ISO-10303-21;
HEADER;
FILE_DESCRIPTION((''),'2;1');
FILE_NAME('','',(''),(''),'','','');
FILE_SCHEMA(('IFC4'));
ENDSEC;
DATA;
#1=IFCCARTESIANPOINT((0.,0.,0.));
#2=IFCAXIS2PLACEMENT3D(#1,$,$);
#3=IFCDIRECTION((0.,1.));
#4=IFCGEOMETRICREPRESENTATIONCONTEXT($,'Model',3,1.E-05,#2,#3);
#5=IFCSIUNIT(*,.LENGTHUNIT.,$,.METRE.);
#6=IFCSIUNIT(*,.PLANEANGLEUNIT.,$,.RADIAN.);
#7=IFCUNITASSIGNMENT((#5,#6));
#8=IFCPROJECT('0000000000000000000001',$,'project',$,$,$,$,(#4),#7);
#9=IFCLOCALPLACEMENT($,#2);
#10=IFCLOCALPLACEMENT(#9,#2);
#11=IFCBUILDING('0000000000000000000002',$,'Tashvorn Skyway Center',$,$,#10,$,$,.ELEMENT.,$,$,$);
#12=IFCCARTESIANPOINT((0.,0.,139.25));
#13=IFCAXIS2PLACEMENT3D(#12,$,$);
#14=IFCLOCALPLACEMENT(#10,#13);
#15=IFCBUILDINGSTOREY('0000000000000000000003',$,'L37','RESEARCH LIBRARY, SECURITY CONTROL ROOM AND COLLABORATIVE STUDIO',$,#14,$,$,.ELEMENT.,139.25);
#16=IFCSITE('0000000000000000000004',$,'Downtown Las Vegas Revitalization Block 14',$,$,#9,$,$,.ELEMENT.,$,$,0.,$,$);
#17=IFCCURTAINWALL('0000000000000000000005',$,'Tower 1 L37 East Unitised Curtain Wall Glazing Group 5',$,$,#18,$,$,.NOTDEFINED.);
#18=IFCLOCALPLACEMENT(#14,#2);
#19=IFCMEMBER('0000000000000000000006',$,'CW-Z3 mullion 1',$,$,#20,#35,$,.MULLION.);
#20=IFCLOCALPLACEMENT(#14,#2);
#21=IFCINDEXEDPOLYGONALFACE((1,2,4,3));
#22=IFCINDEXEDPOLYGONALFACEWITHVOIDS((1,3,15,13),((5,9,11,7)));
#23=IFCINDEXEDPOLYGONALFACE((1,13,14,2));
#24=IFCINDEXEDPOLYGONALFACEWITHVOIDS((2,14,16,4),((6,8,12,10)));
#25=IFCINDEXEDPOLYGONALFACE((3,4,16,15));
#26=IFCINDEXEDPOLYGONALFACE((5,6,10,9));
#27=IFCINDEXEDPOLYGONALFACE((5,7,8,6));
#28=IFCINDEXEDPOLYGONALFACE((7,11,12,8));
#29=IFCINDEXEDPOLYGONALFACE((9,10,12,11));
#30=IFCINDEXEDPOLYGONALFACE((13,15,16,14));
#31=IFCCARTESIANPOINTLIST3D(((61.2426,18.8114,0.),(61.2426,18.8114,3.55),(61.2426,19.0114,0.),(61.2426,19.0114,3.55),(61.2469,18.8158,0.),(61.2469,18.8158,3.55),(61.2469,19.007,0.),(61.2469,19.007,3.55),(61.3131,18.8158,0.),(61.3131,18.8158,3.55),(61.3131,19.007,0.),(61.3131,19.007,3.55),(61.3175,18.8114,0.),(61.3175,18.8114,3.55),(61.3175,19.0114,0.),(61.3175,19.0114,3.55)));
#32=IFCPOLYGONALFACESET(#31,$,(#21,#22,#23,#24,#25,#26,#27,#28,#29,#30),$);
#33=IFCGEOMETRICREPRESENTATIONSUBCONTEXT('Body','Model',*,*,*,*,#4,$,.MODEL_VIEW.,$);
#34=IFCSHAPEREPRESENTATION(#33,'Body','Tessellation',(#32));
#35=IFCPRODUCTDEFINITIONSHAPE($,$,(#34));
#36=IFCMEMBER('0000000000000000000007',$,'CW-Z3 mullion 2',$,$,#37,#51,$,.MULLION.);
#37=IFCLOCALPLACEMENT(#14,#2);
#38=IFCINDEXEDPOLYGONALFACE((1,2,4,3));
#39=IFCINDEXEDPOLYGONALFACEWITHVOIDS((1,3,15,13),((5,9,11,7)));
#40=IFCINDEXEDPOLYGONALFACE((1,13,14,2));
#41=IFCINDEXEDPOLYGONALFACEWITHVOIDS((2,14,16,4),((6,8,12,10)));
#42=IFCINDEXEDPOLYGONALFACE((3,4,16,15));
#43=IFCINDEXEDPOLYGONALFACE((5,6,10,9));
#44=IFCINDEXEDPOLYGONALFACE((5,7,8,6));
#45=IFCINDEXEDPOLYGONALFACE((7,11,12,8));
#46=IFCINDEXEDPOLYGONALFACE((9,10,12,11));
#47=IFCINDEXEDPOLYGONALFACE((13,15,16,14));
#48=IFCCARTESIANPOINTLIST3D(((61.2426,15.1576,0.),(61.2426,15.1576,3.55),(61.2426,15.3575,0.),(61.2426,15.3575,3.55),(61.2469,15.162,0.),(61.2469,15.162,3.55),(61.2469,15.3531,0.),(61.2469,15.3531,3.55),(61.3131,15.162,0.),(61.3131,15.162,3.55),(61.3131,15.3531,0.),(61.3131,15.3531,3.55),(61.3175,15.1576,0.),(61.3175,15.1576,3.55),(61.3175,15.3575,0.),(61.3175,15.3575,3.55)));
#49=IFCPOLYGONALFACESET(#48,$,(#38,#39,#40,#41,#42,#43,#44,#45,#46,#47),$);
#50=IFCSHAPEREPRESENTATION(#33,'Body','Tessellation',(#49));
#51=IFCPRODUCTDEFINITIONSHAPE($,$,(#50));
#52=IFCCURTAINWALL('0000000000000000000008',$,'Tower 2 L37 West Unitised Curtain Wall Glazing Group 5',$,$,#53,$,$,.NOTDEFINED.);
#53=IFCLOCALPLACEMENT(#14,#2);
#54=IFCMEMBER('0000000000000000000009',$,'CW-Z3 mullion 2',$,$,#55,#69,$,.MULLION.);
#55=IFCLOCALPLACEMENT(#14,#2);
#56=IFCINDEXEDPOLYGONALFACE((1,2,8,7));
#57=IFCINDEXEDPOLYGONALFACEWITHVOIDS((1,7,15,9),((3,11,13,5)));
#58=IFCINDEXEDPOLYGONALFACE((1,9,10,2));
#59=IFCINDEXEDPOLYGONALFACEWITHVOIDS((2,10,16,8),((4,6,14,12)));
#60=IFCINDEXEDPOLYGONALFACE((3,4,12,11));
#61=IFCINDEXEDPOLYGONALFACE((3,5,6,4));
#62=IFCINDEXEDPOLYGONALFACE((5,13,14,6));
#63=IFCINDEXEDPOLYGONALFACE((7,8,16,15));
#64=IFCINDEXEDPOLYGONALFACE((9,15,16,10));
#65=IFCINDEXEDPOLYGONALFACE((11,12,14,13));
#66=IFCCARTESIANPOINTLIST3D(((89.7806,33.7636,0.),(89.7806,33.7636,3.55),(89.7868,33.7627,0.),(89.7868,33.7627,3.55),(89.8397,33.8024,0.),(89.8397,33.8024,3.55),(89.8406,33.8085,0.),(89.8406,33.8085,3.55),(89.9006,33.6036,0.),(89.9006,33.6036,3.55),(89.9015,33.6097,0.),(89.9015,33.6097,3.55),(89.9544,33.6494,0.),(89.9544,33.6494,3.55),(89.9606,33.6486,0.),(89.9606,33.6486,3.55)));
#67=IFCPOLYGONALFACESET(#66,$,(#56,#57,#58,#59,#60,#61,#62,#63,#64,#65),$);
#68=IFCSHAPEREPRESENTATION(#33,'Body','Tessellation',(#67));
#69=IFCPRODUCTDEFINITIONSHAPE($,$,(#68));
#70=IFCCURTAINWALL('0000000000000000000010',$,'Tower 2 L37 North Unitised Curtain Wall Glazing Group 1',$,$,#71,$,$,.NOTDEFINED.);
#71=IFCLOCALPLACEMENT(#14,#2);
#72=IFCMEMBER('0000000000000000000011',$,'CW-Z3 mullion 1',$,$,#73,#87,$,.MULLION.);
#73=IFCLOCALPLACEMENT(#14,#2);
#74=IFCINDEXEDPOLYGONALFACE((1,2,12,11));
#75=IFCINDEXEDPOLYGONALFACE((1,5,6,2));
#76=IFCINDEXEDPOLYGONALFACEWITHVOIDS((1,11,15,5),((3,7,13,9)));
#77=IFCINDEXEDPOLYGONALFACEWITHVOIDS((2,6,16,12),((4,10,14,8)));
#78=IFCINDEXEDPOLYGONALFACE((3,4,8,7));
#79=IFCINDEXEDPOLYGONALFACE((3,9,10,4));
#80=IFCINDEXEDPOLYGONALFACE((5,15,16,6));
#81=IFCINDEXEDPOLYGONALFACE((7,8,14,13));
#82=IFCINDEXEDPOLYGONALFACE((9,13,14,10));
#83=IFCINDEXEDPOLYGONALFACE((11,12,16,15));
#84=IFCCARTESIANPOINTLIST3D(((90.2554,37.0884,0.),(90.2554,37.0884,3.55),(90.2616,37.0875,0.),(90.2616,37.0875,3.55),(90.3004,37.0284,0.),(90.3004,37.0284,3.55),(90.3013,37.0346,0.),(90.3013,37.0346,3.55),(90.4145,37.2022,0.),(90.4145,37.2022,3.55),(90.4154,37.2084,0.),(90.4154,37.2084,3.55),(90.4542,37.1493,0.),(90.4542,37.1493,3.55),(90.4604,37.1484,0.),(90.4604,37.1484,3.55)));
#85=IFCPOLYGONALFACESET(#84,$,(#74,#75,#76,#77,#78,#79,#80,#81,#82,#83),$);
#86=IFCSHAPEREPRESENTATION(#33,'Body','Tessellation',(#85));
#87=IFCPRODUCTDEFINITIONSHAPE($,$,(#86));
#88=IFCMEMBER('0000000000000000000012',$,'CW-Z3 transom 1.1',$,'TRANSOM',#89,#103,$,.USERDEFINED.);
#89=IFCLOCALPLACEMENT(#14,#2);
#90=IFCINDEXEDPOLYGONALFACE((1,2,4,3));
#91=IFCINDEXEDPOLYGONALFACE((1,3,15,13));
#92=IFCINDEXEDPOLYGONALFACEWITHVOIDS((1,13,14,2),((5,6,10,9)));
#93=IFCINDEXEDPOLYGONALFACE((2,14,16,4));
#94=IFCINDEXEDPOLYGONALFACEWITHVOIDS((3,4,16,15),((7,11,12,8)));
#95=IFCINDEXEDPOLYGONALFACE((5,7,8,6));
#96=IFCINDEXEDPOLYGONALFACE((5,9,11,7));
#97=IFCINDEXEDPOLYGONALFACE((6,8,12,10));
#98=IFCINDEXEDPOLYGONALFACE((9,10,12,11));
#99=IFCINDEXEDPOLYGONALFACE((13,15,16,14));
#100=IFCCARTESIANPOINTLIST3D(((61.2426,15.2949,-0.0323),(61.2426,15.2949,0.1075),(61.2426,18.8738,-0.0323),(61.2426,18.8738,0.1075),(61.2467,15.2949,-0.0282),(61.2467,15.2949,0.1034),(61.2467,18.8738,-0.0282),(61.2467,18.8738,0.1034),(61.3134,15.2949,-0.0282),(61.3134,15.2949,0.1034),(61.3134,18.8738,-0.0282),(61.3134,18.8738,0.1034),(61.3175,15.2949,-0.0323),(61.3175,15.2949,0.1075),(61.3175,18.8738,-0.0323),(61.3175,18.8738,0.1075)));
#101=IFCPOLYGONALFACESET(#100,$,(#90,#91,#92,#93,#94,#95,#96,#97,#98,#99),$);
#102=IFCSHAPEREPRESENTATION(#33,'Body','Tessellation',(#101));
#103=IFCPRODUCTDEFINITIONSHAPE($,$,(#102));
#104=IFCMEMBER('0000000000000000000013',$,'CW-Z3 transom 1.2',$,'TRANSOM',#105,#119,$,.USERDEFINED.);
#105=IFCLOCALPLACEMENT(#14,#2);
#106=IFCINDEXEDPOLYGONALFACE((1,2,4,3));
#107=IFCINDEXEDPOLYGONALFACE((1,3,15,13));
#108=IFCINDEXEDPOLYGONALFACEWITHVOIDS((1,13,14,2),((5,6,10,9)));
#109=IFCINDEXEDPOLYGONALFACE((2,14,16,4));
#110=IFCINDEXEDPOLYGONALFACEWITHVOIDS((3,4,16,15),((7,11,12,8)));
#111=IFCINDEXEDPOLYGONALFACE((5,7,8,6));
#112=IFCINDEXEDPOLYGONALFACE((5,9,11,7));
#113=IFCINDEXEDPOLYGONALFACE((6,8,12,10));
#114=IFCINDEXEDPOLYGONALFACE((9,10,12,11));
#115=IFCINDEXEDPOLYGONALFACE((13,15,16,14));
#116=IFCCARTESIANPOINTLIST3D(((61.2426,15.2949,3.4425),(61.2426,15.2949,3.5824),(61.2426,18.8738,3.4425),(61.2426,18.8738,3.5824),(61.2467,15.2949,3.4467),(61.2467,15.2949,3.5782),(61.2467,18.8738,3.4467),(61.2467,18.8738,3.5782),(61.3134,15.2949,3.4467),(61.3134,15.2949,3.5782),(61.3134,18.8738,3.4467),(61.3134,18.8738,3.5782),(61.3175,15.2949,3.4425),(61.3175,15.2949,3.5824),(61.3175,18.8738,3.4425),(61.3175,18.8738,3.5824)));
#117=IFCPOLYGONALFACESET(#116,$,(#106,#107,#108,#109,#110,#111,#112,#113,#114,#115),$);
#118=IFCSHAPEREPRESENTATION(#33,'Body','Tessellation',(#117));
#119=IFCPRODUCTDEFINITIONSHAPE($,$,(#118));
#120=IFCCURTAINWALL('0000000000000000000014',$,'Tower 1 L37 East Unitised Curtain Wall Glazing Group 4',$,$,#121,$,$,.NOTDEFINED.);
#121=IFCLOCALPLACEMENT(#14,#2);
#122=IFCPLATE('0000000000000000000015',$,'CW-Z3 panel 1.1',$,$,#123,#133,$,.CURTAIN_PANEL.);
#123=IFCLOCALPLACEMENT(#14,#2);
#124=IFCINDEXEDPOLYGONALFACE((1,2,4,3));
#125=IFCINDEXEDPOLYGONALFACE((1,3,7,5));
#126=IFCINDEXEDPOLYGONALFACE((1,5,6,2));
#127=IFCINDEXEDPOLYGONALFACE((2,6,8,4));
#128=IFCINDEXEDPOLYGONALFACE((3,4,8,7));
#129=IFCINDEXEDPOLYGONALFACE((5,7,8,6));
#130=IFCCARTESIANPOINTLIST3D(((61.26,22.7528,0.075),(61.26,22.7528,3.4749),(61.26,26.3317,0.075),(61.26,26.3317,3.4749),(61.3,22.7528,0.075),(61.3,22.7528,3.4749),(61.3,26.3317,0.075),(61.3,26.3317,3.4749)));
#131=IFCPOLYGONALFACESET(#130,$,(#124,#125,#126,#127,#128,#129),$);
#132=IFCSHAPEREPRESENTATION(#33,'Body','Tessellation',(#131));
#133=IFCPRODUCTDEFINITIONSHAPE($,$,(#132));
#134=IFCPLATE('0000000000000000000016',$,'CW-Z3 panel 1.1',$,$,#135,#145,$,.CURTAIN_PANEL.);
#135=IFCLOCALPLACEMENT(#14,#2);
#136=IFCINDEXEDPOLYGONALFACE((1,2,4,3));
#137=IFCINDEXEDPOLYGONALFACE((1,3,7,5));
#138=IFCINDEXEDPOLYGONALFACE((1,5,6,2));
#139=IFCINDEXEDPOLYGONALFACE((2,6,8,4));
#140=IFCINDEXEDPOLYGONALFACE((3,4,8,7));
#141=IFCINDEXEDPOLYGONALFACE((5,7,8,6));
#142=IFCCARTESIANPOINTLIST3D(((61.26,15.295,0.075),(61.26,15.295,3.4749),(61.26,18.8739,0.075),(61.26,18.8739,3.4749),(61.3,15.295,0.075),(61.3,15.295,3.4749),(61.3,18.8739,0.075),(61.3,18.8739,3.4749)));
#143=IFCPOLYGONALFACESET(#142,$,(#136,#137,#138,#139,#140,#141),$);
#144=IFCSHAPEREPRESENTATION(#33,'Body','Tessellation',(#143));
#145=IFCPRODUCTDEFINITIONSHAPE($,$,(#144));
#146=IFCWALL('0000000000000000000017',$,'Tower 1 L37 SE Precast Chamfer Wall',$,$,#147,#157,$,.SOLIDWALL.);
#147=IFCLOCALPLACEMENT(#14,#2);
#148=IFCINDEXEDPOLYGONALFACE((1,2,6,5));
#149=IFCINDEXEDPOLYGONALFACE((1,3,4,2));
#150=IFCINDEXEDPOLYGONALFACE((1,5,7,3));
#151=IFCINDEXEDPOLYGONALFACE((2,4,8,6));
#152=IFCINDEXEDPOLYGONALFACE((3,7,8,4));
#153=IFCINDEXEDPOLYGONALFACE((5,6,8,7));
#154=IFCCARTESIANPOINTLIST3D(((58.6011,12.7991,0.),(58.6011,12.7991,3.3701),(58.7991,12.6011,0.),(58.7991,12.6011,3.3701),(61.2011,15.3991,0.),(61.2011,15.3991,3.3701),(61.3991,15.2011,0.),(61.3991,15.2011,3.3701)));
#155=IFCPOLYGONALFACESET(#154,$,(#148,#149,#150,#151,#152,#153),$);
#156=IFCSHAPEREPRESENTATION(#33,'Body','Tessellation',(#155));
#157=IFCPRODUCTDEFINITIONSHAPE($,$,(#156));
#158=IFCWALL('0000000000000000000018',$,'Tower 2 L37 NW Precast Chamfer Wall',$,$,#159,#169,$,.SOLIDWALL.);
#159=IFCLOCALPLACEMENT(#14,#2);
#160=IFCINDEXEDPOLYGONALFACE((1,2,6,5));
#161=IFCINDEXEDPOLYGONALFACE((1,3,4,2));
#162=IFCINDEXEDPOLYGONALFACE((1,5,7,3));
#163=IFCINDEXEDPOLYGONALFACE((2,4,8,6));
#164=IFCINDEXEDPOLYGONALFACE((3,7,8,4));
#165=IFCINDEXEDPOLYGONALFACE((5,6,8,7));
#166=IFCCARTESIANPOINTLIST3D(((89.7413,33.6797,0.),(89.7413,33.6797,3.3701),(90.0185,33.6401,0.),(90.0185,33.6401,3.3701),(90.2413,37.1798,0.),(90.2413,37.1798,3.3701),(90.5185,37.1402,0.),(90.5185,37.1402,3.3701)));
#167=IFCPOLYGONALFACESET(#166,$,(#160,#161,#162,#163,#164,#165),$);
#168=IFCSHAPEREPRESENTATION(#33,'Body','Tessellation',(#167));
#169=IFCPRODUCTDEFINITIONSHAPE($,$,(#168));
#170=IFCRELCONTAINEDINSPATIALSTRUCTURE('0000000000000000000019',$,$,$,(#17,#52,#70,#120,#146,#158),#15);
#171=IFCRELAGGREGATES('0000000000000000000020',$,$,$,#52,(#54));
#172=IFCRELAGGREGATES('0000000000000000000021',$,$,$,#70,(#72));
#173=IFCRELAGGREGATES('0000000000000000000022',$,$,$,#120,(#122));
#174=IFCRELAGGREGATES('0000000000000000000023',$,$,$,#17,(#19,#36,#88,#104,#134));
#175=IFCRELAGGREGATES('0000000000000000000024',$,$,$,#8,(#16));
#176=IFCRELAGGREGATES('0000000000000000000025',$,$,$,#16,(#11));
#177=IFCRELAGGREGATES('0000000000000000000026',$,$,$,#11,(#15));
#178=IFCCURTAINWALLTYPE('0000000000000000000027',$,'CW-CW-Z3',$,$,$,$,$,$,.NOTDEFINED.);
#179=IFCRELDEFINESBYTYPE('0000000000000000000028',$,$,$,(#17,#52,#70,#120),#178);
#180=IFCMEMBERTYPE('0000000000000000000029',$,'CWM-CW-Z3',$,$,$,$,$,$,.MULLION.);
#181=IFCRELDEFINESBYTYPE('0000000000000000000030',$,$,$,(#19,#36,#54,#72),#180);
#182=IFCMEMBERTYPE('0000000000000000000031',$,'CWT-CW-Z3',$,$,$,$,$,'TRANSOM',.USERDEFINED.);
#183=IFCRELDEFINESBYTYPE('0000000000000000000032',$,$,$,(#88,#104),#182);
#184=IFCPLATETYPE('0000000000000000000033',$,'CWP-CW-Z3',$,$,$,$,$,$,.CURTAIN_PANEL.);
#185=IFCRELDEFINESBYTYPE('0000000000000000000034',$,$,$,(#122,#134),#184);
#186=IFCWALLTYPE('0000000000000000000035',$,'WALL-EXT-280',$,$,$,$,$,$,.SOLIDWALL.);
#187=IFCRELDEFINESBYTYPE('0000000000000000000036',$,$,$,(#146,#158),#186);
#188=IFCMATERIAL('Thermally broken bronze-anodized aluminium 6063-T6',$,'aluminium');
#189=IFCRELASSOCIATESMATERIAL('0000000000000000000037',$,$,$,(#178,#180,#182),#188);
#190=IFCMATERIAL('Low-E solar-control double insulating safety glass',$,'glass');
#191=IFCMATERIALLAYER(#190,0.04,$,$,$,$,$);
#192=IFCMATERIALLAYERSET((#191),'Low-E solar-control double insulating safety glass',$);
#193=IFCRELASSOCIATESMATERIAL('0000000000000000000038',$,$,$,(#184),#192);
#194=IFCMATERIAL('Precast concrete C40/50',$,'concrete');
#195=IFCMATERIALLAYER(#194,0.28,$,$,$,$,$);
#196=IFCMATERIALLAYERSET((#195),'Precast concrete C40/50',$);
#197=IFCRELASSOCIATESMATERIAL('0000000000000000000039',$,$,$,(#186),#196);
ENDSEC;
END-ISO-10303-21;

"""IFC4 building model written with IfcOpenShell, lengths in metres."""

from ifc_helpers import new_model, si_unit, direction, frame, frame_2d, origin, origin_2d, place, context, subcontext, project, spatial, rectangle, hollow_rectangle, extrude, material, layer, layer_set, material_profile, profile_set, type_object, element, aggregate, save


model = new_model("IFC4")

# Units and contexts
model_context = context("Model", 3, precision=1e-05, world=origin(), true_north=direction((0.0, 1.0)))
body_context = subcontext(model_context, "Body", "Model", "MODEL_VIEW")
ifc_project = project(units=[si_unit("LENGTHUNIT", "METRE"), si_unit("PLANEANGLEUNIT", "RADIAN")], contexts=[model_context])

# Site, building, storey
site_placement = place(None, origin())
site = spatial("IfcSite", under=ifc_project, at=site_placement, Name="Downtown Las Vegas Revitalization Block 14", CompositionType="ELEMENT", RefElevation=0.0)
building_placement = place(site_placement, origin())
building = spatial("IfcBuilding", under=site, at=building_placement, Name="Tashvorn Skyway Center", CompositionType="ELEMENT")
storey_placement = place(building_placement, frame((0.0, 0.0, 139.25)))
storey = spatial("IfcBuildingStorey", under=building, at=storey_placement, Name="L37", Description="RESEARCH LIBRARY, SECURITY CONTROL ROOM AND COLLABORATIVE STUDIO", CompositionType="ELEMENT", Elevation=139.25)

# Curtain wall, members
ifc_material_1 = material(Name="Thermally broken bronze-anodized aluminium 6063-T6", Category="aluminium")
curtain_wall_type = type_object("IfcCurtainWallType", Name="CW-CW-Z3", PredefinedType="NOTDEFINED", material=ifc_material_1)
curtain_wall_1_placement = place(storey_placement, origin())
curtain_wall_1 = element("IfcCurtainWall", 1, at=curtain_wall_1_placement, inside=storey, type_object=curtain_wall_type, Name="Tower 1 L37 East Unitised Curtain Wall Glazing Group 5", PredefinedType="NOTDEFINED")
ifc_material_profile_1 = material_profile(ifc_material_1, hollow_rectangle(XDim=0.075, YDim=0.2, WallThickness=0.0044, at=origin_2d()), Name="ALU-MULL-75x200")
ifc_profile_set_1 = profile_set([ifc_material_profile_1], Name="Thermally broken bronze-anodized aluminium 6063-T6")
member_type_1 = type_object("IfcMemberType", Name="CWM-CW-Z3", PredefinedType="MULLION", material=ifc_profile_set_1)
member_1_placement = place(storey_placement, frame((61.28, 18.9114, 0.0), z_axis=(0.0, 0.0, 1.0), x_axis=(1.0, 0.0, 0.0)))
member_1 = element("IfcMember", 2, at=member_1_placement, type_object=member_type_1, Name="CW-Z3 mullion 1", PredefinedType="MULLION", context=body_context, shape_type="SweptSolid", body=[
    extrude(hollow_rectangle(XDim=0.075, YDim=0.2, WallThickness=0.0044, at=origin_2d()), origin(), (0.0, 0.0, 1.0), 3.55),
])
member_2_placement = place(storey_placement, frame((61.28, 15.2576, 0.0), z_axis=(0.0, 0.0, 1.0), x_axis=(1.0, 0.0, 0.0)))
member_2 = element("IfcMember", 3, at=member_2_placement, type_object=member_type_1, Name="CW-Z3 mullion 2", PredefinedType="MULLION", context=body_context, shape_type="SweptSolid", body=[
    extrude(hollow_rectangle(XDim=0.075, YDim=0.2, WallThickness=0.0044, at=origin_2d()), origin(), (0.0, 0.0, 1.0), 3.55),
])

# Curtain walls, members
curtain_wall_2_placement = place(storey_placement, origin())
curtain_wall_2 = element("IfcCurtainWall", 4, at=curtain_wall_2_placement, inside=storey, type_object=curtain_wall_type, Name="Tower 2 L37 West Unitised Curtain Wall Glazing Group 5", PredefinedType="NOTDEFINED")
member_3_placement = place(storey_placement, frame((89.8706, 33.7061, 0.0), z_axis=(0.0, 0.0, 1.0), x_axis=(-0.800003, -0.599995, 0.0)))
member_3 = element("IfcMember", 5, at=member_3_placement, type_object=member_type_1, Name="CW-Z3 mullion 2", PredefinedType="MULLION", context=body_context, shape_type="SweptSolid", body=[
    extrude(hollow_rectangle(XDim=0.075, YDim=0.2, WallThickness=0.0044, at=origin_2d()), origin(), (0.0, 0.0, 1.0), 3.55),
])
aggregate(curtain_wall_2, [member_3])
curtain_wall_3_placement = place(storey_placement, origin())
curtain_wall_3 = element("IfcCurtainWall", 6, at=curtain_wall_3_placement, inside=storey, type_object=curtain_wall_type, Name="Tower 2 L37 North Unitised Curtain Wall Glazing Group 1", PredefinedType="NOTDEFINED")
member_4_placement = place(storey_placement, frame((90.3579, 37.1184, 0.0), z_axis=(0.0, 0.0, 1.0), x_axis=(-0.599995, 0.800003, 0.0)))
member_4 = element("IfcMember", 7, at=member_4_placement, type_object=member_type_1, Name="CW-Z3 mullion 1", PredefinedType="MULLION", context=body_context, shape_type="SweptSolid", body=[
    extrude(hollow_rectangle(XDim=0.075, YDim=0.2, WallThickness=0.0044, at=origin_2d()), origin(), (0.0, 0.0, 1.0), 3.55),
])
aggregate(curtain_wall_3, [member_4])

# Members
ifc_material_profile_2 = material_profile(ifc_material_1, hollow_rectangle(XDim=0.075, YDim=0.1399, WallThickness=0.0042, at=origin_2d()), Name="ALU-TRAN-75x140")
ifc_profile_set_2 = profile_set([ifc_material_profile_2], Name="Thermally broken bronze-anodized aluminium 6063-T6")
member_type_2 = type_object("IfcMemberType", Name="CWT-CW-Z3", ElementType="TRANSOM", PredefinedType="USERDEFINED", material=ifc_profile_set_2)
member_5_placement = place(storey_placement, frame((61.28, 18.8738, 0.0376), z_axis=(0.0, -1.0, 0.0), x_axis=(1.0, 0.0, 0.0)))
member_5 = element("IfcMember", 8, at=member_5_placement, type_object=member_type_2, Name="CW-Z3 transom 1.1", ObjectType="TRANSOM", PredefinedType="USERDEFINED", context=body_context, shape_type="SweptSolid", body=[
    extrude(hollow_rectangle(XDim=0.075, YDim=0.1399, WallThickness=0.0042, at=origin_2d()), origin(), (0.0, 0.0, 1.0), 3.5789),
])
member_6_placement = place(storey_placement, frame((61.28, 18.8738, 3.5125), z_axis=(0.0, -1.0, 0.0), x_axis=(1.0, 0.0, 0.0)))
member_6 = element("IfcMember", 9, at=member_6_placement, type_object=member_type_2, Name="CW-Z3 transom 1.2", ObjectType="TRANSOM", PredefinedType="USERDEFINED", context=body_context, shape_type="SweptSolid", body=[
    extrude(hollow_rectangle(XDim=0.075, YDim=0.1399, WallThickness=0.0042, at=origin_2d()), origin(), (0.0, 0.0, 1.0), 3.5789),
])

# Curtain wall, plate
curtain_wall_4_placement = place(storey_placement, origin())
curtain_wall_4 = element("IfcCurtainWall", 10, at=curtain_wall_4_placement, inside=storey, type_object=curtain_wall_type, Name="Tower 1 L37 East Unitised Curtain Wall Glazing Group 4", PredefinedType="NOTDEFINED")
ifc_material_2 = material(Name="Low-E solar-control double insulating safety glass", Category="glass")
ifc_layer_1 = layer(ifc_material_2, 0.04)
ifc_layer_set_1 = layer_set([ifc_layer_1], Name="Low-E solar-control double insulating safety glass")
plate_type = type_object("IfcPlateType", Name="CWP-CW-Z3", PredefinedType="CURTAIN_PANEL", material=ifc_layer_set_1)
plate_1_placement = place(storey_placement, frame((61.28, 24.5422, 0.075), z_axis=(0.0, 0.0, 1.0), x_axis=(0.0, -1.0, 0.0)))
plate_1 = element("IfcPlate", 11, at=plate_1_placement, type_object=plate_type, Name="CW-Z3 panel 1.1", PredefinedType="CURTAIN_PANEL", context=body_context, shape_type="SweptSolid", body=[
    extrude(rectangle(XDim=3.5789, YDim=0.04, at=origin_2d()), origin(), (0.0, 0.0, 1.0), 3.3999),
])
aggregate(curtain_wall_4, [plate_1])

# Plate
plate_2_placement = place(storey_placement, frame((61.28, 17.0845, 0.075), z_axis=(0.0, 0.0, 1.0), x_axis=(0.0, -1.0, 0.0)))
plate_2 = element("IfcPlate", 12, at=plate_2_placement, type_object=plate_type, Name="CW-Z3 panel 1.1", PredefinedType="CURTAIN_PANEL", context=body_context, shape_type="SweptSolid", body=[
    extrude(rectangle(XDim=3.5789, YDim=0.04, at=origin_2d()), origin(), (0.0, 0.0, 1.0), 3.3999),
])
aggregate(curtain_wall_1, [member_1, member_2, member_5, member_6, plate_2])

# Walls
ifc_material_3 = material(Name="Precast concrete C40/50", Category="concrete")
ifc_layer_2 = layer(ifc_material_3, 0.28)
ifc_layer_set_2 = layer_set([ifc_layer_2], Name="Precast concrete C40/50")
wall_type_1 = type_object("IfcWallType", Name="WALL-EXT-280", PredefinedType="SOLIDWALL", material=ifc_layer_set_2)
wall_1_placement = place(storey_placement, frame((61.3, 15.3, 0.0), z_axis=(0.0, 0.0, 1.0), x_axis=(-0.707107, -0.707107, 0.0)))
element("IfcWall", 13, at=wall_1_placement, inside=storey, type_object=wall_type_1, Name="Tower 1 L37 SE Precast Chamfer Wall", PredefinedType="SOLIDWALL", context=body_context, shape_type="SweptSolid", body=[
    extrude(rectangle(XDim=3.677, YDim=0.28, at=frame_2d((1.8384, 0.0))), origin(), (0.0, 0.0, 1.0), 3.3701),
])
wall_2_placement = place(storey_placement, frame((89.8799, 33.6599, 0.0), z_axis=(0.0, 0.0, 1.0), x_axis=(0.141421, 0.989949, 0.0)))
element("IfcWall", 14, at=wall_2_placement, inside=storey, type_object=wall_type_1, Name="Tower 2 L37 NW Precast Chamfer Wall", PredefinedType="SOLIDWALL", context=body_context, shape_type="SweptSolid", body=[
    extrude(rectangle(XDim=3.5356, YDim=0.28, at=frame_2d((1.7678, 0.0))), origin(), (0.0, 0.0, 1.0), 3.3701),
])

save(model, "model.ifc")
